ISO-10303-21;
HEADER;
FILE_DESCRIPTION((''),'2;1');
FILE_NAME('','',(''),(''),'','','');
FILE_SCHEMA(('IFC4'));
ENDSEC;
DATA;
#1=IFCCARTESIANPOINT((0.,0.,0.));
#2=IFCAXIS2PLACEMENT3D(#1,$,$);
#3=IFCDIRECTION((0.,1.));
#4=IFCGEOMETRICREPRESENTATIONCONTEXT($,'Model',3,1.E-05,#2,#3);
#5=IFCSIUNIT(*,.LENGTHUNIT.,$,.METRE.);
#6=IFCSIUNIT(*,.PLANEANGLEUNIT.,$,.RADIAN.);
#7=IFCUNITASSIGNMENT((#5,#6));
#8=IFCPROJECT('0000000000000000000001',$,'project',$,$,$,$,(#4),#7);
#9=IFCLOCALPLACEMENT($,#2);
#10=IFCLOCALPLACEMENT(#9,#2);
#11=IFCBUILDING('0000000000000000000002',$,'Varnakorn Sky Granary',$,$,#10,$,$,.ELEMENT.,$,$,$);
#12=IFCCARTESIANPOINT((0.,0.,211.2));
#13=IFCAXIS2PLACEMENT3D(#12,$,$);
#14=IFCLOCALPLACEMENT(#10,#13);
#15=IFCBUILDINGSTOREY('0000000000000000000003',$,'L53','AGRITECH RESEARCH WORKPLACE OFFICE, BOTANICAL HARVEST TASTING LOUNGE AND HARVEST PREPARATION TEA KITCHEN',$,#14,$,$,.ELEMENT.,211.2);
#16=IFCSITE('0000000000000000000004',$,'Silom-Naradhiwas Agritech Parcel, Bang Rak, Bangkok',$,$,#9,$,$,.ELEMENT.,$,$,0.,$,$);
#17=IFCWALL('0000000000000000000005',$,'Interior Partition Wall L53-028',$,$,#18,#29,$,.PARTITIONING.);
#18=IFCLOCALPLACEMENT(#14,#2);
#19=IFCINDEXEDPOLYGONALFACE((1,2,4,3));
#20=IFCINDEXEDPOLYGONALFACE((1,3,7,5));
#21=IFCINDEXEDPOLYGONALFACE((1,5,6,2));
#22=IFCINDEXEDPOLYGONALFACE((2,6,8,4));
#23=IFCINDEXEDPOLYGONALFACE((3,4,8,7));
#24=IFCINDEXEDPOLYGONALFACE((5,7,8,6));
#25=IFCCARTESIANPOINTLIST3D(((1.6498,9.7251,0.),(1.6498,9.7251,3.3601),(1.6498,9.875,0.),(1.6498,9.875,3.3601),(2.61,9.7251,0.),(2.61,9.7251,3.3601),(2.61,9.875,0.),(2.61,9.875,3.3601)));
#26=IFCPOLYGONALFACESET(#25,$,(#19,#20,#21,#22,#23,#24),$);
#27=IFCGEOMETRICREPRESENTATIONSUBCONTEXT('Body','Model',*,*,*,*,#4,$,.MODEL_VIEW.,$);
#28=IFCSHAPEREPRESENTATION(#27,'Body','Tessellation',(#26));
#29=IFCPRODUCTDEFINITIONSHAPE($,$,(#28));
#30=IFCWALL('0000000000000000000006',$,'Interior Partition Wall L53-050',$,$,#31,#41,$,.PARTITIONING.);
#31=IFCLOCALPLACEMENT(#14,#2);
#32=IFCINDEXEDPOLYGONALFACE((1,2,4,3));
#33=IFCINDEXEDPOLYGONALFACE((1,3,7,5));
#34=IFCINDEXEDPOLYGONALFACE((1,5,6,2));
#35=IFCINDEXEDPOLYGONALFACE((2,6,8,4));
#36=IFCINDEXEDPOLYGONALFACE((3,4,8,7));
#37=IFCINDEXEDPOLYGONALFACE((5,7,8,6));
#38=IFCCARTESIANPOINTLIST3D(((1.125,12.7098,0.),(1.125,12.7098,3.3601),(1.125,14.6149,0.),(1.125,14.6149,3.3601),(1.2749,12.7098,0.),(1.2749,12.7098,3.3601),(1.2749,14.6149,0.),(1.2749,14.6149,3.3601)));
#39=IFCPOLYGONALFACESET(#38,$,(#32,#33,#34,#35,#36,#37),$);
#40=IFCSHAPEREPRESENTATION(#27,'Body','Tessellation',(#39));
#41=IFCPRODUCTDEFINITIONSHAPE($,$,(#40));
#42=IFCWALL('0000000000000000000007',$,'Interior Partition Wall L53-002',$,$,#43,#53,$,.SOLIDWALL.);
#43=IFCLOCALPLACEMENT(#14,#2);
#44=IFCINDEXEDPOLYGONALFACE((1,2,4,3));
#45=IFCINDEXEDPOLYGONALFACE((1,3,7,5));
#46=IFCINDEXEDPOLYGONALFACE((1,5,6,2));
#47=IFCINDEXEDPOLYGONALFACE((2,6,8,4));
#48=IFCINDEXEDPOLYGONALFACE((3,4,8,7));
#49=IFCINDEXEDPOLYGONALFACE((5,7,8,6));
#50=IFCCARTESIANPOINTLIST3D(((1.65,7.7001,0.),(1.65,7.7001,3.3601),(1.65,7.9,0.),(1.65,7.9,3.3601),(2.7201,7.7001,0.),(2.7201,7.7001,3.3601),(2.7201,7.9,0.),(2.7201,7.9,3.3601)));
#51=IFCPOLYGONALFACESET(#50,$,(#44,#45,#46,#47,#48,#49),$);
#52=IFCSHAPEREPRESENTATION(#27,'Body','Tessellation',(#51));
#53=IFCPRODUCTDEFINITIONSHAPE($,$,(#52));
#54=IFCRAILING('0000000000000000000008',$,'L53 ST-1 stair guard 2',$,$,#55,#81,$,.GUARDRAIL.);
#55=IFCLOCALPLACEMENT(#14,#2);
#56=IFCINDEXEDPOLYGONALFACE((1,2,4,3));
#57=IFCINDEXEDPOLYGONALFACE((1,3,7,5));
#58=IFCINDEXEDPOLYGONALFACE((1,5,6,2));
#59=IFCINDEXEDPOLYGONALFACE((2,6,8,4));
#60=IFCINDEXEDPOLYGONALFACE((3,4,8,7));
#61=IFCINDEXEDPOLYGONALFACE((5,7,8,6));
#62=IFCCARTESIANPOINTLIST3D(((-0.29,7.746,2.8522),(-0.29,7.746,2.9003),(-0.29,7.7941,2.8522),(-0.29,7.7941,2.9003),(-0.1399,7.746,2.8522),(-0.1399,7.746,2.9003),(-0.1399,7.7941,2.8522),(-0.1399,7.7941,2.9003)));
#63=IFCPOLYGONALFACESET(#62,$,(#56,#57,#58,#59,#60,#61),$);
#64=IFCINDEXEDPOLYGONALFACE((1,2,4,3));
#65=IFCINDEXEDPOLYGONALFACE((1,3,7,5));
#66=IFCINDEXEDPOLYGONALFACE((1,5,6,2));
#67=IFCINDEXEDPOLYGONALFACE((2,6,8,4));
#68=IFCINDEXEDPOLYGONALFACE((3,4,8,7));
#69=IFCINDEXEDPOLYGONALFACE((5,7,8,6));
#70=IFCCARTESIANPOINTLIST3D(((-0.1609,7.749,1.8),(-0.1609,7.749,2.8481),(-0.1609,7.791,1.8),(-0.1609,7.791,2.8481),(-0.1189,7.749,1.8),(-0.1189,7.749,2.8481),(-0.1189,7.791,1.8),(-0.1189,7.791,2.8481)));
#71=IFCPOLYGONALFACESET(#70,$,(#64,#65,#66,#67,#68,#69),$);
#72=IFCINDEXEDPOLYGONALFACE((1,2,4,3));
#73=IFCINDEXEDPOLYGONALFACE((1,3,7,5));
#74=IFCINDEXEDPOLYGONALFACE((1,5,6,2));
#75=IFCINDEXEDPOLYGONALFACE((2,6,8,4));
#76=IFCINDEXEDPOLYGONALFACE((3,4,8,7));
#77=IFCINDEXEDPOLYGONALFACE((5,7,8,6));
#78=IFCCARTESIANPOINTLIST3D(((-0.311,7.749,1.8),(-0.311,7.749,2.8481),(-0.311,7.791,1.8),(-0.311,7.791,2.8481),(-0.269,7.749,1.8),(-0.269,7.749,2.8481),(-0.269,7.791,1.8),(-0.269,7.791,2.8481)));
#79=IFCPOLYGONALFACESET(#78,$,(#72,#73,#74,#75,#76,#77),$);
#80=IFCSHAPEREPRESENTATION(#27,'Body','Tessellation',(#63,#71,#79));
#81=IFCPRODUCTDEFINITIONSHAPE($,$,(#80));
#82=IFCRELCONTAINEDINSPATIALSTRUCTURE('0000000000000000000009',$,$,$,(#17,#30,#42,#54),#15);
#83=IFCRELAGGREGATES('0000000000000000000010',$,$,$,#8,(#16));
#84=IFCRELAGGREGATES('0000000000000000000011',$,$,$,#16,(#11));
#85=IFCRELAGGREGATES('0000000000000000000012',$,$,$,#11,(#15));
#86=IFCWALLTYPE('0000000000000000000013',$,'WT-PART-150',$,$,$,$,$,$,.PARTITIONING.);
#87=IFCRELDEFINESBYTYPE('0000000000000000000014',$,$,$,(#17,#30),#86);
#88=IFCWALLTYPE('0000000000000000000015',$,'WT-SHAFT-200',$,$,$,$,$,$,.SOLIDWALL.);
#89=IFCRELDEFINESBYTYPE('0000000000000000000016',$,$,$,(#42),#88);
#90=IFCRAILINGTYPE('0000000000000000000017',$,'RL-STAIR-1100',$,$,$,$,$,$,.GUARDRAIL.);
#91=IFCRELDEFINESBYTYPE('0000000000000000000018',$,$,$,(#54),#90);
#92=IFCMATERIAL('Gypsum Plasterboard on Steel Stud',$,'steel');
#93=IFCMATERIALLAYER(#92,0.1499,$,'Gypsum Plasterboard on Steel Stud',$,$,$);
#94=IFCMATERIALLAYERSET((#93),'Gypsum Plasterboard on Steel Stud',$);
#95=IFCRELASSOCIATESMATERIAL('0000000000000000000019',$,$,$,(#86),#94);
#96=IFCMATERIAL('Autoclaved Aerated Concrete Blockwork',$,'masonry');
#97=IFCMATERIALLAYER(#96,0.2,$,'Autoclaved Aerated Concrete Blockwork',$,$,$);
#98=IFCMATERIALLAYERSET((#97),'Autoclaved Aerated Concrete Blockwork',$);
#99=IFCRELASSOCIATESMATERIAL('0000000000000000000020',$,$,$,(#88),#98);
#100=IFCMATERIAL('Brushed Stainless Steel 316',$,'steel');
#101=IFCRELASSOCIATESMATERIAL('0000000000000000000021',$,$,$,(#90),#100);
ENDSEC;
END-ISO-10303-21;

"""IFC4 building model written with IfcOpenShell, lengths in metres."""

from ifc_helpers import new_model, si_unit, direction, frame, frame_2d, origin, origin_2d, place, context, subcontext, project, spatial, rectangle, extrude, material, layer, layer_set, type_object, element, save


model = new_model("IFC4")

# Units and contexts
model_context = context("Model", 3, precision=1e-05, world=origin(), true_north=direction((0.0, 1.0)))
body_context = subcontext(model_context, "Body", "Model", "MODEL_VIEW")
ifc_project = project(units=[si_unit("LENGTHUNIT", "METRE"), si_unit("PLANEANGLEUNIT", "RADIAN")], contexts=[model_context])

# Site, building, storey
site_placement = place(None, origin())
site = spatial("IfcSite", under=ifc_project, at=site_placement, Name="Silom-Naradhiwas Agritech Parcel, Bang Rak, Bangkok", CompositionType="ELEMENT", RefElevation=0.0)
building_placement = place(site_placement, origin())
building = spatial("IfcBuilding", under=site, at=building_placement, Name="Varnakorn Sky Granary", CompositionType="ELEMENT")
storey_placement = place(building_placement, frame((0.0, 0.0, 211.2)))
storey = spatial("IfcBuildingStorey", under=building, at=storey_placement, Name="L53", Description="AGRITECH RESEARCH WORKPLACE OFFICE, BOTANICAL HARVEST TASTING LOUNGE AND HARVEST PREPARATION TEA KITCHEN", CompositionType="ELEMENT", Elevation=211.2)

# Walls
ifc_material_1 = material(Name="Gypsum Plasterboard on Steel Stud", Category="steel")
ifc_layer_1 = layer(ifc_material_1, 0.1499, Name="Gypsum Plasterboard on Steel Stud")
ifc_layer_set_1 = layer_set([ifc_layer_1], Name="Gypsum Plasterboard on Steel Stud")
wall_type_1 = type_object("IfcWallType", Name="WT-PART-150", PredefinedType="PARTITIONING", material=ifc_layer_set_1)
wall_1_placement = place(storey_placement, frame((1.6499, 9.8, 0.0), z_axis=(0.0, 0.0, 1.0), x_axis=(1.0, 0.0, 0.0)))
element("IfcWall", 1, at=wall_1_placement, inside=storey, type_object=wall_type_1, Name="Interior Partition Wall L53-028", PredefinedType="PARTITIONING", context=body_context, shape_type="SweptSolid", body=[
    extrude(rectangle(XDim=0.9602, YDim=0.1499, at=frame_2d((0.48, 0.0))), origin(), (0.0, 0.0, 1.0), 3.3601),
])
wall_2_placement = place(storey_placement, frame((1.2, 14.615, 0.0), z_axis=(0.0, 0.0, 1.0), x_axis=(0.0, -1.0, 0.0)))
element("IfcWall", 2, at=wall_2_placement, inside=storey, type_object=wall_type_1, Name="Interior Partition Wall L53-050", PredefinedType="PARTITIONING", context=body_context, shape_type="SweptSolid", body=[
    extrude(rectangle(XDim=1.905, YDim=0.1499, at=frame_2d((0.9526, 0.0))), origin(), (0.0, 0.0, 1.0), 3.3601),
])
ifc_material_2 = material(Name="Autoclaved Aerated Concrete Blockwork", Category="masonry")
ifc_layer_2 = layer(ifc_material_2, 0.2, Name="Autoclaved Aerated Concrete Blockwork")
ifc_layer_set_2 = layer_set([ifc_layer_2], Name="Autoclaved Aerated Concrete Blockwork")
wall_type_2 = type_object("IfcWallType", Name="WT-SHAFT-200", PredefinedType="SOLIDWALL", material=ifc_layer_set_2)
wall_3_placement = place(storey_placement, frame((1.6499, 7.8, 0.0), z_axis=(0.0, 0.0, 1.0), x_axis=(1.0, 0.0, 0.0)))
element("IfcWall", 3, at=wall_3_placement, inside=storey, type_object=wall_type_2, Name="Interior Partition Wall L53-002", PredefinedType="SOLIDWALL", context=body_context, shape_type="SweptSolid", body=[
    extrude(rectangle(XDim=1.0701, YDim=0.2, at=frame_2d((0.5352, 0.0))), origin(), (0.0, 0.0, 1.0), 3.3601),
])

# Railing
ifc_material_3 = material(Name="Brushed Stainless Steel 316", Category="steel")
railing_type = type_object("IfcRailingType", Name="RL-STAIR-1100", PredefinedType="GUARDRAIL", material=ifc_material_3)
railing_placement = place(storey_placement, frame((-0.1399, 7.77, 1.8)))
element("IfcRailing", 4, at=railing_placement, inside=storey, type_object=railing_type, Name="L53 ST-1 stair guard 2", PredefinedType="GUARDRAIL", context=body_context, shape_type="SweptSolid", body=[
    extrude(rectangle(XDim=0.0481, YDim=0.0481, at=origin_2d()), frame((0.0, 0.0, 1.0762), z_axis=(-1.0, 0.0, 0.0), x_axis=(0.0, -1.0, 0.0)), (0.0, 0.0, 1.0), 0.1501),
    extrude(rectangle(XDim=0.042, YDim=0.042, at=origin_2d()), origin(), (0.0, 0.0, 1.0), 1.0481),
    extrude(rectangle(XDim=0.042, YDim=0.042, at=origin_2d()), frame((-0.1501, 0.0, 0.0)), (0.0, 0.0, 1.0), 1.0481),
])

save(model, "model.ifc")
